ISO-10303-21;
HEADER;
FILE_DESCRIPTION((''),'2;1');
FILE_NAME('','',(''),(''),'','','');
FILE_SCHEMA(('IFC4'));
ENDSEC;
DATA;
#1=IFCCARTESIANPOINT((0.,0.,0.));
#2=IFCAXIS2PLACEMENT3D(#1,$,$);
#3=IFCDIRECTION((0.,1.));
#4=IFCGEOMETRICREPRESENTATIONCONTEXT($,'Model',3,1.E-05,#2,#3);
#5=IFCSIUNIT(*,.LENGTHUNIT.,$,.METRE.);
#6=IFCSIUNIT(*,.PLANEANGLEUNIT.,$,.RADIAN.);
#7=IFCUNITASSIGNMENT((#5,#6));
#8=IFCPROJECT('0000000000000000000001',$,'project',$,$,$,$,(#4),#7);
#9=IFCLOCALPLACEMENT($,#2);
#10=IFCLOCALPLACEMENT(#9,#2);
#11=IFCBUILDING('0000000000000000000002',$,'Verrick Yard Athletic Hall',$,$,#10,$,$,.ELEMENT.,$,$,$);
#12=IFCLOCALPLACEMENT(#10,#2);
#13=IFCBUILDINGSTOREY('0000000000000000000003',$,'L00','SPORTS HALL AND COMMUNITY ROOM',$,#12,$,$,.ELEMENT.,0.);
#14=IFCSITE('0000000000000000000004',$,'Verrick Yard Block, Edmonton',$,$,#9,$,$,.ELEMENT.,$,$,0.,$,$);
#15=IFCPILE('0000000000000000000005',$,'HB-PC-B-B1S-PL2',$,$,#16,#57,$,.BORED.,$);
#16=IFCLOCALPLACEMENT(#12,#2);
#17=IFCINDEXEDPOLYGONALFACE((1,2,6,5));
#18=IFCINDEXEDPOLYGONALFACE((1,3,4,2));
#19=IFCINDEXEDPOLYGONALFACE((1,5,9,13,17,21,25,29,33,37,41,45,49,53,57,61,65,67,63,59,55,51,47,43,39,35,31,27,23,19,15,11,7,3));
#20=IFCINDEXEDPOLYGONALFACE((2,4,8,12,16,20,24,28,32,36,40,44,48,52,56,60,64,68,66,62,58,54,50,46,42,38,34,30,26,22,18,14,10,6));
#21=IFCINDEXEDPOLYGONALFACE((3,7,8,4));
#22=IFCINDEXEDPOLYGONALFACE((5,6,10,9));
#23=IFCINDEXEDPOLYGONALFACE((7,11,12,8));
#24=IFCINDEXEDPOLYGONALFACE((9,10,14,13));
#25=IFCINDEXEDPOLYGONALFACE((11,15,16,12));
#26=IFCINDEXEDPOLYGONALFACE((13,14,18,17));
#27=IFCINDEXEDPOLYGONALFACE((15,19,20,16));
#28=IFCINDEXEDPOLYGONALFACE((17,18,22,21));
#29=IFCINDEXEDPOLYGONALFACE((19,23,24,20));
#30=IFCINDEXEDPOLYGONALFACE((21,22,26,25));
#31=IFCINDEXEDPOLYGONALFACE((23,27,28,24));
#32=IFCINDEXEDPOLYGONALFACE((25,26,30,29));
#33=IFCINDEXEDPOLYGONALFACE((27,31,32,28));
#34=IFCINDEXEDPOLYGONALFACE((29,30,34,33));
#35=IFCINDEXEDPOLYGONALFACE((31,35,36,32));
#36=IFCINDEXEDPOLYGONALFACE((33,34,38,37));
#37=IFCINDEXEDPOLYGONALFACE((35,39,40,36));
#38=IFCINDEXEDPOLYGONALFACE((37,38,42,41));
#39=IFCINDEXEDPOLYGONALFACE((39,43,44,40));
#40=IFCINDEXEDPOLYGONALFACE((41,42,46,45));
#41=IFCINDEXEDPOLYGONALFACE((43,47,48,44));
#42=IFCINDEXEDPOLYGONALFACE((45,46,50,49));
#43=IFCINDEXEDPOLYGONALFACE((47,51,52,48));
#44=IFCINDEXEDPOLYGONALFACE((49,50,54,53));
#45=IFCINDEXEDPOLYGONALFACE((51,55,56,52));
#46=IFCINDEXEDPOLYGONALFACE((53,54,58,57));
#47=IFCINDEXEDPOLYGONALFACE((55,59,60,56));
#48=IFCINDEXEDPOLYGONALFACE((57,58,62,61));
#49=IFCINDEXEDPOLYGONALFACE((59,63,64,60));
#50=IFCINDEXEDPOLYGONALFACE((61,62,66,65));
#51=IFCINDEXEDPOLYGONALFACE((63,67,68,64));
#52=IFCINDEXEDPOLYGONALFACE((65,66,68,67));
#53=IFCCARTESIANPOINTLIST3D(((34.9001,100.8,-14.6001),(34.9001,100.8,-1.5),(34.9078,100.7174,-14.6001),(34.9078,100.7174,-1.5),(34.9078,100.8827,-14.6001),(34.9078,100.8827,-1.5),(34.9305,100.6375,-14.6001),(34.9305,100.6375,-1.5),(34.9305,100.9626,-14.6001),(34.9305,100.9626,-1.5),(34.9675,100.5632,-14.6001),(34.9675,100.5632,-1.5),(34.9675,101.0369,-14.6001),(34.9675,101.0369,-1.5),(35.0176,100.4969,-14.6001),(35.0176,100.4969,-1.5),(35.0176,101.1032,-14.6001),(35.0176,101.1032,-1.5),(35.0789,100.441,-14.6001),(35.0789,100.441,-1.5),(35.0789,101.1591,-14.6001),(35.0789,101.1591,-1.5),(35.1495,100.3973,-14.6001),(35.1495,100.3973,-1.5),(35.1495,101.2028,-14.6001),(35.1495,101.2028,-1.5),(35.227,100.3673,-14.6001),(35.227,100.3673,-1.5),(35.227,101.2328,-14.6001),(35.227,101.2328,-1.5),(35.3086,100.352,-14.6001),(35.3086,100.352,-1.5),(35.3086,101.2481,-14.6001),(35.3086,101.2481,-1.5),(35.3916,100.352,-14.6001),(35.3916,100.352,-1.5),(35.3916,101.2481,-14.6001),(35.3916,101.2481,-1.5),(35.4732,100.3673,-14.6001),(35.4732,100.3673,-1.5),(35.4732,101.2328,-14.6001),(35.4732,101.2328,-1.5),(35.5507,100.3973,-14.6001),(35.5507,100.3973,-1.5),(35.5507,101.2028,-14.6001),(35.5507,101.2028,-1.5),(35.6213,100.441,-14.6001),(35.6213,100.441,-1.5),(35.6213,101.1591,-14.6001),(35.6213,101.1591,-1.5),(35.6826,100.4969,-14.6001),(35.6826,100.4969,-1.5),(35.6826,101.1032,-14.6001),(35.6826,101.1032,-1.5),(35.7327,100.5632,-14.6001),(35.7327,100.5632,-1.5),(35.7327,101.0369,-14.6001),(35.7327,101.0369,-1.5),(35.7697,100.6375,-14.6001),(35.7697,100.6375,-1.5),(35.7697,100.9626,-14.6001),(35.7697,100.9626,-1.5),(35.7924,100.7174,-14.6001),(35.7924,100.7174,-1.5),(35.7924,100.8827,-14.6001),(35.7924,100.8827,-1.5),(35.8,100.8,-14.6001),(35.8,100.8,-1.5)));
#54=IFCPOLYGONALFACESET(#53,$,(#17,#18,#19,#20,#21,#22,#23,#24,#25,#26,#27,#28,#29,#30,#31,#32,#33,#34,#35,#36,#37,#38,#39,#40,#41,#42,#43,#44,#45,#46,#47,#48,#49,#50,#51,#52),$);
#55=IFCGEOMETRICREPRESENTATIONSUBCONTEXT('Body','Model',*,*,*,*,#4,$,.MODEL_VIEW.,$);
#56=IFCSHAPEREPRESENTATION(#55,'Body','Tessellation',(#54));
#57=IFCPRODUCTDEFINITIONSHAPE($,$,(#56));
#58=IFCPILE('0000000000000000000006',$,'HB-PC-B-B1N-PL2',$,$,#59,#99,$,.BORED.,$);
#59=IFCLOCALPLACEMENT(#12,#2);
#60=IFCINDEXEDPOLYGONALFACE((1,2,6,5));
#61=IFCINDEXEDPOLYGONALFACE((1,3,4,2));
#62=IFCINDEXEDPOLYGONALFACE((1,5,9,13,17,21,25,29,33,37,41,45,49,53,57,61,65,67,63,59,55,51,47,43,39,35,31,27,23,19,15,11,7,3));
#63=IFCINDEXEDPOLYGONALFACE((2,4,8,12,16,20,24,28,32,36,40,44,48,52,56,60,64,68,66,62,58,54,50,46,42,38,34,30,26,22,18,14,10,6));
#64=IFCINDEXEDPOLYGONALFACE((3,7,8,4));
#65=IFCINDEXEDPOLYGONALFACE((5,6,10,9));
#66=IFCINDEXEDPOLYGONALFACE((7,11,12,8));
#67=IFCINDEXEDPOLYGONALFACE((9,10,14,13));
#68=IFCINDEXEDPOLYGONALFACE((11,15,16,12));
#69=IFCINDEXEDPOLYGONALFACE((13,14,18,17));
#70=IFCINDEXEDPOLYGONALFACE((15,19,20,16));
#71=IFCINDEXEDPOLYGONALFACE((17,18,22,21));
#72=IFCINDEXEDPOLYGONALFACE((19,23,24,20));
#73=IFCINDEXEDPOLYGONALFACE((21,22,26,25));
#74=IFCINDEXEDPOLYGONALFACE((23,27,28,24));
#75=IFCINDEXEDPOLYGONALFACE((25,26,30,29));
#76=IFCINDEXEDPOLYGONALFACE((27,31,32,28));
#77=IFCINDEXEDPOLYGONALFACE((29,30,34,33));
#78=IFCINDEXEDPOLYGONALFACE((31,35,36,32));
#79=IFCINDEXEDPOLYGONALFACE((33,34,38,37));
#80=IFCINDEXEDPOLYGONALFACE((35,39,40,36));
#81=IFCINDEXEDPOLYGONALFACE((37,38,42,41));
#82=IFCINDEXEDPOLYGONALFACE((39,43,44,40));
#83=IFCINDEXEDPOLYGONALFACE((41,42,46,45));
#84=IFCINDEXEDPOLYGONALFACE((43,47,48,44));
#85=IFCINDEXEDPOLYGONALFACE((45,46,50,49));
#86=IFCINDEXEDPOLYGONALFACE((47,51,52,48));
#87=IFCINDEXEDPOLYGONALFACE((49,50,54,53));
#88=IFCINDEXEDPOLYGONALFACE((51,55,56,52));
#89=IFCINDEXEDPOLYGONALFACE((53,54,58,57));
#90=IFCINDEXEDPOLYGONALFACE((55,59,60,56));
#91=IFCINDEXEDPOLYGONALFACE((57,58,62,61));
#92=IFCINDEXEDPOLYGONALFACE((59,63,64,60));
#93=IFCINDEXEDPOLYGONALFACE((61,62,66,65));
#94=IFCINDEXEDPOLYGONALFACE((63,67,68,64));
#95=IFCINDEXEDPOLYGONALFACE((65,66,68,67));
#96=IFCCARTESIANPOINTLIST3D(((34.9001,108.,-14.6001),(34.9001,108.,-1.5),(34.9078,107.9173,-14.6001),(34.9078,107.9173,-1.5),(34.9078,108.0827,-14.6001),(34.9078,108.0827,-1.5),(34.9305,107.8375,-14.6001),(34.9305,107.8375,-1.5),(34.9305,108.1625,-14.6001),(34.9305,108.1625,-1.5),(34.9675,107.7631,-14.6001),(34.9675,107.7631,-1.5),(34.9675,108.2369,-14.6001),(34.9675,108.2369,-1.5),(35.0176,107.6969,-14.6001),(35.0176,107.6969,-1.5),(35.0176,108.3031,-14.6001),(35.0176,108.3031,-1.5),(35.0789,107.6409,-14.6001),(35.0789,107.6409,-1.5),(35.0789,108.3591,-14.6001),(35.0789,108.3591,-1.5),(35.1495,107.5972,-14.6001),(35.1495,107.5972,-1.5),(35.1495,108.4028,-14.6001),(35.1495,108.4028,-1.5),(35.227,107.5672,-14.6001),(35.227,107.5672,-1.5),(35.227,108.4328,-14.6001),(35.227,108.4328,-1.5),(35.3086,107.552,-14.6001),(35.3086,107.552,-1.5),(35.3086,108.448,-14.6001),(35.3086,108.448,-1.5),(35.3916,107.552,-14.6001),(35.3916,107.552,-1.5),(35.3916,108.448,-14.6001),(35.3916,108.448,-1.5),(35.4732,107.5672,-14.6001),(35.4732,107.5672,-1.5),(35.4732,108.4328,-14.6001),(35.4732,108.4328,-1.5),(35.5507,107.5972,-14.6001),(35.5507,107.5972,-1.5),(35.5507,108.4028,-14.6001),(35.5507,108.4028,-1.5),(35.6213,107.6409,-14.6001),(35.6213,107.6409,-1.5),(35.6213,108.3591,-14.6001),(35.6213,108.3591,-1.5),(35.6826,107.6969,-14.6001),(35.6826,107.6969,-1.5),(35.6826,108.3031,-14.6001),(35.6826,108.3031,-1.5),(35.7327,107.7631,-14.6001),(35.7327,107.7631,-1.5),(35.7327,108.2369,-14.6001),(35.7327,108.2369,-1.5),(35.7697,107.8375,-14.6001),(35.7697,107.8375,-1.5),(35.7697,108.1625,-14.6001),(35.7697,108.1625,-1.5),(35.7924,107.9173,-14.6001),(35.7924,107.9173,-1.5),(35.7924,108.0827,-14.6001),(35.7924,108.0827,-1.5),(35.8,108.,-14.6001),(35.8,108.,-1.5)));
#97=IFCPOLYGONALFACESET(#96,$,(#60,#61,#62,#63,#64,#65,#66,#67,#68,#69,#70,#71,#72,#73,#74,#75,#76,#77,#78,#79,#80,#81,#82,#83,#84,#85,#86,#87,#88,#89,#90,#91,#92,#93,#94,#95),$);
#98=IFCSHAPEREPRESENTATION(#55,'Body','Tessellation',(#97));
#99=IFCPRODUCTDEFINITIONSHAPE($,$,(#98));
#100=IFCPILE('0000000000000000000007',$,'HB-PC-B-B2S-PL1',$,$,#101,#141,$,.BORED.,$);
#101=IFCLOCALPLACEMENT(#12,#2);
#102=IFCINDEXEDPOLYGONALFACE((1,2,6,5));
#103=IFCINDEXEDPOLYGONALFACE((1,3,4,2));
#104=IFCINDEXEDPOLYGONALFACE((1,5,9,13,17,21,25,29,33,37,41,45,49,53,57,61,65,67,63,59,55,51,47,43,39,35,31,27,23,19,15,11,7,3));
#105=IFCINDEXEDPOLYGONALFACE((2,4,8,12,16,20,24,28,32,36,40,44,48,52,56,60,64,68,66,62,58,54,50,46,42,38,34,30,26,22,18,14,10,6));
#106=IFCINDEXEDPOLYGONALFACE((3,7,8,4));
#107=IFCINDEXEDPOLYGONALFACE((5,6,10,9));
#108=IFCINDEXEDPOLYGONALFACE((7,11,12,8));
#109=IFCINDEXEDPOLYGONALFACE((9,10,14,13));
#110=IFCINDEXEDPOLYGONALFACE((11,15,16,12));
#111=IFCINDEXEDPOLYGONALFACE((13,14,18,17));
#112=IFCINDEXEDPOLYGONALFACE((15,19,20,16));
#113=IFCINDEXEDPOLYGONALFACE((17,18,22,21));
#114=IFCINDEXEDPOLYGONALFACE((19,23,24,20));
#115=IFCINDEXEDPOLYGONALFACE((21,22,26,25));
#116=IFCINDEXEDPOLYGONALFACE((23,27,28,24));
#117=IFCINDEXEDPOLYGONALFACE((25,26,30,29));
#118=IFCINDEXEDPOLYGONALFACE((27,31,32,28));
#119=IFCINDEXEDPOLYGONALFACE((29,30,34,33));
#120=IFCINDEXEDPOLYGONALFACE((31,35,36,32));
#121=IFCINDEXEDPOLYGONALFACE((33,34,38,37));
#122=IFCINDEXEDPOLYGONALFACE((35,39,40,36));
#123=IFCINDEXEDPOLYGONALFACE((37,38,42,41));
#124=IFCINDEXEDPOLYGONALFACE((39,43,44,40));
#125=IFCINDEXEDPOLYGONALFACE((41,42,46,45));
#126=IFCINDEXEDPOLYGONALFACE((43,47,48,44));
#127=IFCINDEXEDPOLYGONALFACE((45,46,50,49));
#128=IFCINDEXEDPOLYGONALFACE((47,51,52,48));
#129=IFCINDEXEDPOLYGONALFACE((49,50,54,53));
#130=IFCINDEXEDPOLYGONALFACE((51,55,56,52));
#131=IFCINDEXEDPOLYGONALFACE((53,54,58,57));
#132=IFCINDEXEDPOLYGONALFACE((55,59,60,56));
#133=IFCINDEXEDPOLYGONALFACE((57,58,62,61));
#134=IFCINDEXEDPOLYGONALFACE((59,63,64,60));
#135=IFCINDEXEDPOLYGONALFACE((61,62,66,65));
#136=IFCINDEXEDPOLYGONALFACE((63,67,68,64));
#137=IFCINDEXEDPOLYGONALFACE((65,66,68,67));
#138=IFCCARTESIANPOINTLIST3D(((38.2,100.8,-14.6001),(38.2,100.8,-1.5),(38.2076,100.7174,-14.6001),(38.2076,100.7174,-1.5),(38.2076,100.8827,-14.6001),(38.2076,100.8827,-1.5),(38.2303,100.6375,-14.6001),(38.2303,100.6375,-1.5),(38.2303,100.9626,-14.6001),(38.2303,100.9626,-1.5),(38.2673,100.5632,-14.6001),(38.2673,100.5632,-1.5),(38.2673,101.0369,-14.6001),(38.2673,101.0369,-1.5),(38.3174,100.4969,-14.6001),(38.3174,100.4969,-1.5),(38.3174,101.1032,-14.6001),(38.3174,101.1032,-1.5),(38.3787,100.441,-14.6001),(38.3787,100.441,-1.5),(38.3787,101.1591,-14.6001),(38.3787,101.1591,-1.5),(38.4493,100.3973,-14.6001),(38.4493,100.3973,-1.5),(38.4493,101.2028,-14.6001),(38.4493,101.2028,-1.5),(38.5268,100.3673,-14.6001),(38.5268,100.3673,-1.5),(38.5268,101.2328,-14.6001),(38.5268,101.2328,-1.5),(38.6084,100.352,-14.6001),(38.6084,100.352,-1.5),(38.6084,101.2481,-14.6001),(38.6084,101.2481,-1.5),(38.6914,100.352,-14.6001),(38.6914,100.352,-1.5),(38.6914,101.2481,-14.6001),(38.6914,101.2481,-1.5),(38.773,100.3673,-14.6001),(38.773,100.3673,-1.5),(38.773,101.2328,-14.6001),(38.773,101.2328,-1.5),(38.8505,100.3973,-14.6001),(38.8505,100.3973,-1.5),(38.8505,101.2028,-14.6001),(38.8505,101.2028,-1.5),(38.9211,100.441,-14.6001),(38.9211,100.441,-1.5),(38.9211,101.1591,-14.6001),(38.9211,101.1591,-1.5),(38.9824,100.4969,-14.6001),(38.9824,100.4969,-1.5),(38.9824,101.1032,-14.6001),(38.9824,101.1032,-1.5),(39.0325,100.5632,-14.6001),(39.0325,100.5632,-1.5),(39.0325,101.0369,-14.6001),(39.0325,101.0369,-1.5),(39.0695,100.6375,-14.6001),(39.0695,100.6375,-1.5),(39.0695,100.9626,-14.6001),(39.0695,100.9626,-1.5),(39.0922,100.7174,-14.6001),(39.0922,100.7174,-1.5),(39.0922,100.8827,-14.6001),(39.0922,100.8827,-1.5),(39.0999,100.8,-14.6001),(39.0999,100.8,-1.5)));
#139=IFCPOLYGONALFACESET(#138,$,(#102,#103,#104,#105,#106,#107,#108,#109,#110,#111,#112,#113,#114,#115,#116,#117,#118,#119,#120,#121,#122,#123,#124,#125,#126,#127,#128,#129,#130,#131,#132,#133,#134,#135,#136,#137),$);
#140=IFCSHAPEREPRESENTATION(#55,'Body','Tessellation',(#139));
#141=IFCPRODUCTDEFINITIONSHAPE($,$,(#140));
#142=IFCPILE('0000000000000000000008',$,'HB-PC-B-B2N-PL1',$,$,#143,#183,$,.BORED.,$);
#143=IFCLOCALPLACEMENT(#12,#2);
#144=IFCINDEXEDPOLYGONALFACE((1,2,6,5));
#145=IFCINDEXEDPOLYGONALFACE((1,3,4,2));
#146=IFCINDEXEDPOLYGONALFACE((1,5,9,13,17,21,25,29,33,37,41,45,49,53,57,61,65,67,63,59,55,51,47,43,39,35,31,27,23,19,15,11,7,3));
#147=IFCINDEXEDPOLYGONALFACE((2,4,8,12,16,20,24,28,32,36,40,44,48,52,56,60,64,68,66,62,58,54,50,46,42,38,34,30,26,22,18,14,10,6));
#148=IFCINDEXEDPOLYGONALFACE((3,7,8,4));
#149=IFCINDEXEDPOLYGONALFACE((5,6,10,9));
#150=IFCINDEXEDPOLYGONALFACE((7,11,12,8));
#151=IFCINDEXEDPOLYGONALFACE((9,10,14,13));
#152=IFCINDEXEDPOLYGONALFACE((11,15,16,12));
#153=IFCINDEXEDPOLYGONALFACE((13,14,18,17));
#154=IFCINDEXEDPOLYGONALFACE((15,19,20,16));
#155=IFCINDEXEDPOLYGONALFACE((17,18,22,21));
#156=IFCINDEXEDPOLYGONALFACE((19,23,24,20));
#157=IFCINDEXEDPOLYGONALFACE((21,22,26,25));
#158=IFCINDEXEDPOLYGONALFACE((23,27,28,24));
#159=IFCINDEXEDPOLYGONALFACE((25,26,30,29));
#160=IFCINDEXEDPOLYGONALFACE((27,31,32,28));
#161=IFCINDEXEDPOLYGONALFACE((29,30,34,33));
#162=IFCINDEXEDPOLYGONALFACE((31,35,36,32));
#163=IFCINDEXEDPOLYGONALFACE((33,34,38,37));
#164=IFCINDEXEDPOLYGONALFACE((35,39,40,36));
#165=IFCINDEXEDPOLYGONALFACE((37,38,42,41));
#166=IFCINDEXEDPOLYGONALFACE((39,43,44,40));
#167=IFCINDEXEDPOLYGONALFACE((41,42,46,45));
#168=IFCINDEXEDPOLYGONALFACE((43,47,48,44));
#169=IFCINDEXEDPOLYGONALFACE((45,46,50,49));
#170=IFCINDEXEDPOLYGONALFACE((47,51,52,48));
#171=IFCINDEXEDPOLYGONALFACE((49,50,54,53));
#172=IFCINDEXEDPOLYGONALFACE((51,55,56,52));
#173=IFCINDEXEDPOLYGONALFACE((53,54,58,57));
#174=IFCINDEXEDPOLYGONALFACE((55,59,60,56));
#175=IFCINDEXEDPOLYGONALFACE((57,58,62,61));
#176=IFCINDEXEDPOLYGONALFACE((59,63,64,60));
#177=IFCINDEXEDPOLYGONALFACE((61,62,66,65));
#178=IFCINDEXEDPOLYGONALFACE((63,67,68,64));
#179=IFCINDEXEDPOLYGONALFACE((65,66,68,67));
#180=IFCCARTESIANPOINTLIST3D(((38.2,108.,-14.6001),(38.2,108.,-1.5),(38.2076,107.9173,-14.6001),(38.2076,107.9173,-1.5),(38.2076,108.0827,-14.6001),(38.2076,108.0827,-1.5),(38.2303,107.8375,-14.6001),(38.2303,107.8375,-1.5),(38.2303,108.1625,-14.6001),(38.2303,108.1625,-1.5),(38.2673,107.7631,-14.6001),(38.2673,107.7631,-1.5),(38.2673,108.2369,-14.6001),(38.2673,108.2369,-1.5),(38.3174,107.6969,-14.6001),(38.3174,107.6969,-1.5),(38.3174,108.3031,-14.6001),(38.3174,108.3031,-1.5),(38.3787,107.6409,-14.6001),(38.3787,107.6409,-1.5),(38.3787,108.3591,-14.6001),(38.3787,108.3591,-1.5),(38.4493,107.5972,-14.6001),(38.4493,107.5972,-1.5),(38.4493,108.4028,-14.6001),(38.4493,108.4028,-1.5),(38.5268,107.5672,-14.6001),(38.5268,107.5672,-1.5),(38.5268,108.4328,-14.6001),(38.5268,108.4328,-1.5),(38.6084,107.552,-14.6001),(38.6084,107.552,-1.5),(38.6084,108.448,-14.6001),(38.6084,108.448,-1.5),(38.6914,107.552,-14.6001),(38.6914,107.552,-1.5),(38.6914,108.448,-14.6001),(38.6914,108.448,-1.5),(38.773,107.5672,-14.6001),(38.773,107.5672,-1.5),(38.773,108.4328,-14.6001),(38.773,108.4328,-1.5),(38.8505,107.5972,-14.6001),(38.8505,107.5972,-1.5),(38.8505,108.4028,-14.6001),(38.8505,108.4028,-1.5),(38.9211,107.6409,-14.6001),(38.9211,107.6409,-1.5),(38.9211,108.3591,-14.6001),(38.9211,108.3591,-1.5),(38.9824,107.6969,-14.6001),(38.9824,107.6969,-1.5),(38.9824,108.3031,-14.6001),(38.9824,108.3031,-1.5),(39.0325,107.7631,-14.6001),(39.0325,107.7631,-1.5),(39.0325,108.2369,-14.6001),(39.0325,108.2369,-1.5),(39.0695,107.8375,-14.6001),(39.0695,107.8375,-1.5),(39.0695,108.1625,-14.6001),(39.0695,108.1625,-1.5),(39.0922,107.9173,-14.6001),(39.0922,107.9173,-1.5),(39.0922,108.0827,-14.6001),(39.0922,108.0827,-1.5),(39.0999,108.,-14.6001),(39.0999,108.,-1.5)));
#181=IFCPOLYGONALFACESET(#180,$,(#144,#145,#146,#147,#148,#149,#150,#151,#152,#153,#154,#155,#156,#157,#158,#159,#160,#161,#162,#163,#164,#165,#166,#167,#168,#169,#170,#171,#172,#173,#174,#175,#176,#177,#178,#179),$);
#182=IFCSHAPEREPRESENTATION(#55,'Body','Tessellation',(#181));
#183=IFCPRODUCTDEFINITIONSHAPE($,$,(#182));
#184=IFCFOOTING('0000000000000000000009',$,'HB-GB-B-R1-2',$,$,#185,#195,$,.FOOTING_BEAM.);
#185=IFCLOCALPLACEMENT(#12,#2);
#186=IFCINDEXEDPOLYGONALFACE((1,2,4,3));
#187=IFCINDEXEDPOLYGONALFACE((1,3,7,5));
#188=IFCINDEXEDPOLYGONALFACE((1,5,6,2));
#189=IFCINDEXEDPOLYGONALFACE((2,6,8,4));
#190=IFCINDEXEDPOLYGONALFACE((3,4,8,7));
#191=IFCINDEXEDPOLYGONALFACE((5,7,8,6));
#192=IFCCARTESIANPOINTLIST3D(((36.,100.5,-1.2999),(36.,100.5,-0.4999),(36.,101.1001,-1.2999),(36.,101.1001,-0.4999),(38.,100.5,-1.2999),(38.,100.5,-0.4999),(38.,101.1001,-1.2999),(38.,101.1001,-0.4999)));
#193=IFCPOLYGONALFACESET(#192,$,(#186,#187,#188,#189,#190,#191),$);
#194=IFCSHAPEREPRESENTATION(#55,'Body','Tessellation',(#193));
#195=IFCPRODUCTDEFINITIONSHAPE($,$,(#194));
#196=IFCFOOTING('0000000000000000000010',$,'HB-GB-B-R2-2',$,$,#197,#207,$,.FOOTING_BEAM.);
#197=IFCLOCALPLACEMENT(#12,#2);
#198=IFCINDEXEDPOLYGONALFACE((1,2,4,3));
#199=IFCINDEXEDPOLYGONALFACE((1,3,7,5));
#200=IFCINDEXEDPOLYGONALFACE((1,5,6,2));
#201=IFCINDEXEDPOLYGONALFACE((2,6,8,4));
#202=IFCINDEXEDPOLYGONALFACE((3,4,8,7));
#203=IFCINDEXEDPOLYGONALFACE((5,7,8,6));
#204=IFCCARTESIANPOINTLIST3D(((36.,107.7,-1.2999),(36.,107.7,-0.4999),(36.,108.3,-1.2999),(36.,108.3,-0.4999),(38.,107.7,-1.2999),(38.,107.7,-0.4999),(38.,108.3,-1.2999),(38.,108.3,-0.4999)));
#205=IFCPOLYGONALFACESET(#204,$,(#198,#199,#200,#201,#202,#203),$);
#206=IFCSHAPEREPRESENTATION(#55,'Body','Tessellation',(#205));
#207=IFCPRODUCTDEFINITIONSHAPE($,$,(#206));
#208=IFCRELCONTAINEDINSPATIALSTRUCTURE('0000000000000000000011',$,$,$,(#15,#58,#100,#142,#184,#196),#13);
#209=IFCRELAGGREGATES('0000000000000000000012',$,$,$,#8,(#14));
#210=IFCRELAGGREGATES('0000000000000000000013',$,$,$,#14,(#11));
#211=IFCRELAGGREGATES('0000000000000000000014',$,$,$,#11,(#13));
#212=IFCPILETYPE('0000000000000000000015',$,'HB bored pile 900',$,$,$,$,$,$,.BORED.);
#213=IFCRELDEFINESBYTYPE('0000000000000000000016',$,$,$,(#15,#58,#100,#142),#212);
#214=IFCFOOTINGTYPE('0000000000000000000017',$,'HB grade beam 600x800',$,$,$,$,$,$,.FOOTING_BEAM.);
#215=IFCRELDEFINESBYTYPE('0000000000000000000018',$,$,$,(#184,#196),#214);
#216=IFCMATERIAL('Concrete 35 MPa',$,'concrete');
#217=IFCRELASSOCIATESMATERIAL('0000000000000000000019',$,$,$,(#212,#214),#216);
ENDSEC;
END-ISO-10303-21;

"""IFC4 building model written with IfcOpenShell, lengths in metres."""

from ifc_helpers import new_model, si_unit, direction, frame, origin, origin_2d, place, context, subcontext, project, spatial, rectangle, circle, extrude, material, material_profile, profile_set, type_object, element, save


model = new_model("IFC4")

# Units and contexts
model_context = context("Model", 3, precision=1e-05, world=origin(), true_north=direction((0.0, 1.0)))
body_context = subcontext(model_context, "Body", "Model", "MODEL_VIEW")
ifc_project = project(units=[si_unit("LENGTHUNIT", "METRE"), si_unit("PLANEANGLEUNIT", "RADIAN")], contexts=[model_context])

# Site, building, storey
site_placement = place(None, origin())
site = spatial("IfcSite", under=ifc_project, at=site_placement, Name="Verrick Yard Block, Edmonton", CompositionType="ELEMENT", RefElevation=0.0)
building_placement = place(site_placement, origin())
building = spatial("IfcBuilding", under=site, at=building_placement, Name="Verrick Yard Athletic Hall", CompositionType="ELEMENT")
storey_placement = place(building_placement, origin())
storey = spatial("IfcBuildingStorey", under=building, at=storey_placement, Name="L00", Description="SPORTS HALL AND COMMUNITY ROOM", CompositionType="ELEMENT", Elevation=0.0)

# Piles
ifc_material_1 = material(Name="Concrete 35 MPa", Category="concrete")
ifc_material_profile_1 = material_profile(ifc_material_1, circle(Radius=0.45, at=origin_2d()), Name="Bored pile 900")
ifc_profile_set_1 = profile_set([ifc_material_profile_1], Name="Concrete 35 MPa")
pile_type = type_object("IfcPileType", Name="HB bored pile 900", PredefinedType="BORED", material=ifc_profile_set_1)
for number, where, z_axis, x_axis, name in (
    (1, (35.3501, 100.8, -1.5), (0.0, 0.0, -1.0), (1.0, 0.0, 0.0), "HB-PC-B-B1S-PL2"),
    (2, (35.3501, 108.0, -1.5), (0.0, 0.0, -1.0), (1.0, 0.0, 0.0), "HB-PC-B-B1N-PL2"),
    (3, (38.6499, 100.8, -1.5), (0.0, 0.0, -1.0), (1.0, 0.0, 0.0), "HB-PC-B-B2S-PL1"),
    (4, (38.6499, 108.0, -1.5), (0.0, 0.0, -1.0), (1.0, 0.0, 0.0), "HB-PC-B-B2N-PL1"),
):
    element("IfcPile", number, at=place(storey_placement, frame(where, z_axis=z_axis, x_axis=x_axis)), inside=storey, type_object=pile_type, Name=name, PredefinedType="BORED", context=body_context, shape_type="SweptSolid", body=[
        extrude(circle(Radius=0.45, at=origin_2d()), origin(), (0.0, 0.0, 1.0), 13.1001),
    ])

# Footings
ifc_material_profile_2 = material_profile(ifc_material_1, rectangle(XDim=0.6001, YDim=0.8, at=origin_2d()), Name="Grade beam 600x800")
ifc_profile_set_2 = profile_set([ifc_material_profile_2], Name="Concrete 35 MPa")
footing_type = type_object("IfcFootingType", Name="HB grade beam 600x800", PredefinedType="FOOTING_BEAM", material=ifc_profile_set_2)
for number, where, z_axis, x_axis, name in (
    (5, (36.0, 100.8, -0.8999), (1.0, 0.0, 0.0), (0.0, 1.0, 0.0), "HB-GB-B-R1-2"),
    (6, (36.0, 108.0, -0.8999), (1.0, 0.0, 0.0), (0.0, 1.0, 0.0), "HB-GB-B-R2-2"),
):
    element("IfcFooting", number, at=place(storey_placement, frame(where, z_axis=z_axis, x_axis=x_axis)), inside=storey, type_object=footing_type, Name=name, PredefinedType="FOOTING_BEAM", context=body_context, shape_type="SweptSolid", body=[
        extrude(rectangle(XDim=0.6001, YDim=0.8, at=origin_2d()), origin(), (0.0, 0.0, 1.0), 2.0),
    ])

save(model, "model.ifc")
